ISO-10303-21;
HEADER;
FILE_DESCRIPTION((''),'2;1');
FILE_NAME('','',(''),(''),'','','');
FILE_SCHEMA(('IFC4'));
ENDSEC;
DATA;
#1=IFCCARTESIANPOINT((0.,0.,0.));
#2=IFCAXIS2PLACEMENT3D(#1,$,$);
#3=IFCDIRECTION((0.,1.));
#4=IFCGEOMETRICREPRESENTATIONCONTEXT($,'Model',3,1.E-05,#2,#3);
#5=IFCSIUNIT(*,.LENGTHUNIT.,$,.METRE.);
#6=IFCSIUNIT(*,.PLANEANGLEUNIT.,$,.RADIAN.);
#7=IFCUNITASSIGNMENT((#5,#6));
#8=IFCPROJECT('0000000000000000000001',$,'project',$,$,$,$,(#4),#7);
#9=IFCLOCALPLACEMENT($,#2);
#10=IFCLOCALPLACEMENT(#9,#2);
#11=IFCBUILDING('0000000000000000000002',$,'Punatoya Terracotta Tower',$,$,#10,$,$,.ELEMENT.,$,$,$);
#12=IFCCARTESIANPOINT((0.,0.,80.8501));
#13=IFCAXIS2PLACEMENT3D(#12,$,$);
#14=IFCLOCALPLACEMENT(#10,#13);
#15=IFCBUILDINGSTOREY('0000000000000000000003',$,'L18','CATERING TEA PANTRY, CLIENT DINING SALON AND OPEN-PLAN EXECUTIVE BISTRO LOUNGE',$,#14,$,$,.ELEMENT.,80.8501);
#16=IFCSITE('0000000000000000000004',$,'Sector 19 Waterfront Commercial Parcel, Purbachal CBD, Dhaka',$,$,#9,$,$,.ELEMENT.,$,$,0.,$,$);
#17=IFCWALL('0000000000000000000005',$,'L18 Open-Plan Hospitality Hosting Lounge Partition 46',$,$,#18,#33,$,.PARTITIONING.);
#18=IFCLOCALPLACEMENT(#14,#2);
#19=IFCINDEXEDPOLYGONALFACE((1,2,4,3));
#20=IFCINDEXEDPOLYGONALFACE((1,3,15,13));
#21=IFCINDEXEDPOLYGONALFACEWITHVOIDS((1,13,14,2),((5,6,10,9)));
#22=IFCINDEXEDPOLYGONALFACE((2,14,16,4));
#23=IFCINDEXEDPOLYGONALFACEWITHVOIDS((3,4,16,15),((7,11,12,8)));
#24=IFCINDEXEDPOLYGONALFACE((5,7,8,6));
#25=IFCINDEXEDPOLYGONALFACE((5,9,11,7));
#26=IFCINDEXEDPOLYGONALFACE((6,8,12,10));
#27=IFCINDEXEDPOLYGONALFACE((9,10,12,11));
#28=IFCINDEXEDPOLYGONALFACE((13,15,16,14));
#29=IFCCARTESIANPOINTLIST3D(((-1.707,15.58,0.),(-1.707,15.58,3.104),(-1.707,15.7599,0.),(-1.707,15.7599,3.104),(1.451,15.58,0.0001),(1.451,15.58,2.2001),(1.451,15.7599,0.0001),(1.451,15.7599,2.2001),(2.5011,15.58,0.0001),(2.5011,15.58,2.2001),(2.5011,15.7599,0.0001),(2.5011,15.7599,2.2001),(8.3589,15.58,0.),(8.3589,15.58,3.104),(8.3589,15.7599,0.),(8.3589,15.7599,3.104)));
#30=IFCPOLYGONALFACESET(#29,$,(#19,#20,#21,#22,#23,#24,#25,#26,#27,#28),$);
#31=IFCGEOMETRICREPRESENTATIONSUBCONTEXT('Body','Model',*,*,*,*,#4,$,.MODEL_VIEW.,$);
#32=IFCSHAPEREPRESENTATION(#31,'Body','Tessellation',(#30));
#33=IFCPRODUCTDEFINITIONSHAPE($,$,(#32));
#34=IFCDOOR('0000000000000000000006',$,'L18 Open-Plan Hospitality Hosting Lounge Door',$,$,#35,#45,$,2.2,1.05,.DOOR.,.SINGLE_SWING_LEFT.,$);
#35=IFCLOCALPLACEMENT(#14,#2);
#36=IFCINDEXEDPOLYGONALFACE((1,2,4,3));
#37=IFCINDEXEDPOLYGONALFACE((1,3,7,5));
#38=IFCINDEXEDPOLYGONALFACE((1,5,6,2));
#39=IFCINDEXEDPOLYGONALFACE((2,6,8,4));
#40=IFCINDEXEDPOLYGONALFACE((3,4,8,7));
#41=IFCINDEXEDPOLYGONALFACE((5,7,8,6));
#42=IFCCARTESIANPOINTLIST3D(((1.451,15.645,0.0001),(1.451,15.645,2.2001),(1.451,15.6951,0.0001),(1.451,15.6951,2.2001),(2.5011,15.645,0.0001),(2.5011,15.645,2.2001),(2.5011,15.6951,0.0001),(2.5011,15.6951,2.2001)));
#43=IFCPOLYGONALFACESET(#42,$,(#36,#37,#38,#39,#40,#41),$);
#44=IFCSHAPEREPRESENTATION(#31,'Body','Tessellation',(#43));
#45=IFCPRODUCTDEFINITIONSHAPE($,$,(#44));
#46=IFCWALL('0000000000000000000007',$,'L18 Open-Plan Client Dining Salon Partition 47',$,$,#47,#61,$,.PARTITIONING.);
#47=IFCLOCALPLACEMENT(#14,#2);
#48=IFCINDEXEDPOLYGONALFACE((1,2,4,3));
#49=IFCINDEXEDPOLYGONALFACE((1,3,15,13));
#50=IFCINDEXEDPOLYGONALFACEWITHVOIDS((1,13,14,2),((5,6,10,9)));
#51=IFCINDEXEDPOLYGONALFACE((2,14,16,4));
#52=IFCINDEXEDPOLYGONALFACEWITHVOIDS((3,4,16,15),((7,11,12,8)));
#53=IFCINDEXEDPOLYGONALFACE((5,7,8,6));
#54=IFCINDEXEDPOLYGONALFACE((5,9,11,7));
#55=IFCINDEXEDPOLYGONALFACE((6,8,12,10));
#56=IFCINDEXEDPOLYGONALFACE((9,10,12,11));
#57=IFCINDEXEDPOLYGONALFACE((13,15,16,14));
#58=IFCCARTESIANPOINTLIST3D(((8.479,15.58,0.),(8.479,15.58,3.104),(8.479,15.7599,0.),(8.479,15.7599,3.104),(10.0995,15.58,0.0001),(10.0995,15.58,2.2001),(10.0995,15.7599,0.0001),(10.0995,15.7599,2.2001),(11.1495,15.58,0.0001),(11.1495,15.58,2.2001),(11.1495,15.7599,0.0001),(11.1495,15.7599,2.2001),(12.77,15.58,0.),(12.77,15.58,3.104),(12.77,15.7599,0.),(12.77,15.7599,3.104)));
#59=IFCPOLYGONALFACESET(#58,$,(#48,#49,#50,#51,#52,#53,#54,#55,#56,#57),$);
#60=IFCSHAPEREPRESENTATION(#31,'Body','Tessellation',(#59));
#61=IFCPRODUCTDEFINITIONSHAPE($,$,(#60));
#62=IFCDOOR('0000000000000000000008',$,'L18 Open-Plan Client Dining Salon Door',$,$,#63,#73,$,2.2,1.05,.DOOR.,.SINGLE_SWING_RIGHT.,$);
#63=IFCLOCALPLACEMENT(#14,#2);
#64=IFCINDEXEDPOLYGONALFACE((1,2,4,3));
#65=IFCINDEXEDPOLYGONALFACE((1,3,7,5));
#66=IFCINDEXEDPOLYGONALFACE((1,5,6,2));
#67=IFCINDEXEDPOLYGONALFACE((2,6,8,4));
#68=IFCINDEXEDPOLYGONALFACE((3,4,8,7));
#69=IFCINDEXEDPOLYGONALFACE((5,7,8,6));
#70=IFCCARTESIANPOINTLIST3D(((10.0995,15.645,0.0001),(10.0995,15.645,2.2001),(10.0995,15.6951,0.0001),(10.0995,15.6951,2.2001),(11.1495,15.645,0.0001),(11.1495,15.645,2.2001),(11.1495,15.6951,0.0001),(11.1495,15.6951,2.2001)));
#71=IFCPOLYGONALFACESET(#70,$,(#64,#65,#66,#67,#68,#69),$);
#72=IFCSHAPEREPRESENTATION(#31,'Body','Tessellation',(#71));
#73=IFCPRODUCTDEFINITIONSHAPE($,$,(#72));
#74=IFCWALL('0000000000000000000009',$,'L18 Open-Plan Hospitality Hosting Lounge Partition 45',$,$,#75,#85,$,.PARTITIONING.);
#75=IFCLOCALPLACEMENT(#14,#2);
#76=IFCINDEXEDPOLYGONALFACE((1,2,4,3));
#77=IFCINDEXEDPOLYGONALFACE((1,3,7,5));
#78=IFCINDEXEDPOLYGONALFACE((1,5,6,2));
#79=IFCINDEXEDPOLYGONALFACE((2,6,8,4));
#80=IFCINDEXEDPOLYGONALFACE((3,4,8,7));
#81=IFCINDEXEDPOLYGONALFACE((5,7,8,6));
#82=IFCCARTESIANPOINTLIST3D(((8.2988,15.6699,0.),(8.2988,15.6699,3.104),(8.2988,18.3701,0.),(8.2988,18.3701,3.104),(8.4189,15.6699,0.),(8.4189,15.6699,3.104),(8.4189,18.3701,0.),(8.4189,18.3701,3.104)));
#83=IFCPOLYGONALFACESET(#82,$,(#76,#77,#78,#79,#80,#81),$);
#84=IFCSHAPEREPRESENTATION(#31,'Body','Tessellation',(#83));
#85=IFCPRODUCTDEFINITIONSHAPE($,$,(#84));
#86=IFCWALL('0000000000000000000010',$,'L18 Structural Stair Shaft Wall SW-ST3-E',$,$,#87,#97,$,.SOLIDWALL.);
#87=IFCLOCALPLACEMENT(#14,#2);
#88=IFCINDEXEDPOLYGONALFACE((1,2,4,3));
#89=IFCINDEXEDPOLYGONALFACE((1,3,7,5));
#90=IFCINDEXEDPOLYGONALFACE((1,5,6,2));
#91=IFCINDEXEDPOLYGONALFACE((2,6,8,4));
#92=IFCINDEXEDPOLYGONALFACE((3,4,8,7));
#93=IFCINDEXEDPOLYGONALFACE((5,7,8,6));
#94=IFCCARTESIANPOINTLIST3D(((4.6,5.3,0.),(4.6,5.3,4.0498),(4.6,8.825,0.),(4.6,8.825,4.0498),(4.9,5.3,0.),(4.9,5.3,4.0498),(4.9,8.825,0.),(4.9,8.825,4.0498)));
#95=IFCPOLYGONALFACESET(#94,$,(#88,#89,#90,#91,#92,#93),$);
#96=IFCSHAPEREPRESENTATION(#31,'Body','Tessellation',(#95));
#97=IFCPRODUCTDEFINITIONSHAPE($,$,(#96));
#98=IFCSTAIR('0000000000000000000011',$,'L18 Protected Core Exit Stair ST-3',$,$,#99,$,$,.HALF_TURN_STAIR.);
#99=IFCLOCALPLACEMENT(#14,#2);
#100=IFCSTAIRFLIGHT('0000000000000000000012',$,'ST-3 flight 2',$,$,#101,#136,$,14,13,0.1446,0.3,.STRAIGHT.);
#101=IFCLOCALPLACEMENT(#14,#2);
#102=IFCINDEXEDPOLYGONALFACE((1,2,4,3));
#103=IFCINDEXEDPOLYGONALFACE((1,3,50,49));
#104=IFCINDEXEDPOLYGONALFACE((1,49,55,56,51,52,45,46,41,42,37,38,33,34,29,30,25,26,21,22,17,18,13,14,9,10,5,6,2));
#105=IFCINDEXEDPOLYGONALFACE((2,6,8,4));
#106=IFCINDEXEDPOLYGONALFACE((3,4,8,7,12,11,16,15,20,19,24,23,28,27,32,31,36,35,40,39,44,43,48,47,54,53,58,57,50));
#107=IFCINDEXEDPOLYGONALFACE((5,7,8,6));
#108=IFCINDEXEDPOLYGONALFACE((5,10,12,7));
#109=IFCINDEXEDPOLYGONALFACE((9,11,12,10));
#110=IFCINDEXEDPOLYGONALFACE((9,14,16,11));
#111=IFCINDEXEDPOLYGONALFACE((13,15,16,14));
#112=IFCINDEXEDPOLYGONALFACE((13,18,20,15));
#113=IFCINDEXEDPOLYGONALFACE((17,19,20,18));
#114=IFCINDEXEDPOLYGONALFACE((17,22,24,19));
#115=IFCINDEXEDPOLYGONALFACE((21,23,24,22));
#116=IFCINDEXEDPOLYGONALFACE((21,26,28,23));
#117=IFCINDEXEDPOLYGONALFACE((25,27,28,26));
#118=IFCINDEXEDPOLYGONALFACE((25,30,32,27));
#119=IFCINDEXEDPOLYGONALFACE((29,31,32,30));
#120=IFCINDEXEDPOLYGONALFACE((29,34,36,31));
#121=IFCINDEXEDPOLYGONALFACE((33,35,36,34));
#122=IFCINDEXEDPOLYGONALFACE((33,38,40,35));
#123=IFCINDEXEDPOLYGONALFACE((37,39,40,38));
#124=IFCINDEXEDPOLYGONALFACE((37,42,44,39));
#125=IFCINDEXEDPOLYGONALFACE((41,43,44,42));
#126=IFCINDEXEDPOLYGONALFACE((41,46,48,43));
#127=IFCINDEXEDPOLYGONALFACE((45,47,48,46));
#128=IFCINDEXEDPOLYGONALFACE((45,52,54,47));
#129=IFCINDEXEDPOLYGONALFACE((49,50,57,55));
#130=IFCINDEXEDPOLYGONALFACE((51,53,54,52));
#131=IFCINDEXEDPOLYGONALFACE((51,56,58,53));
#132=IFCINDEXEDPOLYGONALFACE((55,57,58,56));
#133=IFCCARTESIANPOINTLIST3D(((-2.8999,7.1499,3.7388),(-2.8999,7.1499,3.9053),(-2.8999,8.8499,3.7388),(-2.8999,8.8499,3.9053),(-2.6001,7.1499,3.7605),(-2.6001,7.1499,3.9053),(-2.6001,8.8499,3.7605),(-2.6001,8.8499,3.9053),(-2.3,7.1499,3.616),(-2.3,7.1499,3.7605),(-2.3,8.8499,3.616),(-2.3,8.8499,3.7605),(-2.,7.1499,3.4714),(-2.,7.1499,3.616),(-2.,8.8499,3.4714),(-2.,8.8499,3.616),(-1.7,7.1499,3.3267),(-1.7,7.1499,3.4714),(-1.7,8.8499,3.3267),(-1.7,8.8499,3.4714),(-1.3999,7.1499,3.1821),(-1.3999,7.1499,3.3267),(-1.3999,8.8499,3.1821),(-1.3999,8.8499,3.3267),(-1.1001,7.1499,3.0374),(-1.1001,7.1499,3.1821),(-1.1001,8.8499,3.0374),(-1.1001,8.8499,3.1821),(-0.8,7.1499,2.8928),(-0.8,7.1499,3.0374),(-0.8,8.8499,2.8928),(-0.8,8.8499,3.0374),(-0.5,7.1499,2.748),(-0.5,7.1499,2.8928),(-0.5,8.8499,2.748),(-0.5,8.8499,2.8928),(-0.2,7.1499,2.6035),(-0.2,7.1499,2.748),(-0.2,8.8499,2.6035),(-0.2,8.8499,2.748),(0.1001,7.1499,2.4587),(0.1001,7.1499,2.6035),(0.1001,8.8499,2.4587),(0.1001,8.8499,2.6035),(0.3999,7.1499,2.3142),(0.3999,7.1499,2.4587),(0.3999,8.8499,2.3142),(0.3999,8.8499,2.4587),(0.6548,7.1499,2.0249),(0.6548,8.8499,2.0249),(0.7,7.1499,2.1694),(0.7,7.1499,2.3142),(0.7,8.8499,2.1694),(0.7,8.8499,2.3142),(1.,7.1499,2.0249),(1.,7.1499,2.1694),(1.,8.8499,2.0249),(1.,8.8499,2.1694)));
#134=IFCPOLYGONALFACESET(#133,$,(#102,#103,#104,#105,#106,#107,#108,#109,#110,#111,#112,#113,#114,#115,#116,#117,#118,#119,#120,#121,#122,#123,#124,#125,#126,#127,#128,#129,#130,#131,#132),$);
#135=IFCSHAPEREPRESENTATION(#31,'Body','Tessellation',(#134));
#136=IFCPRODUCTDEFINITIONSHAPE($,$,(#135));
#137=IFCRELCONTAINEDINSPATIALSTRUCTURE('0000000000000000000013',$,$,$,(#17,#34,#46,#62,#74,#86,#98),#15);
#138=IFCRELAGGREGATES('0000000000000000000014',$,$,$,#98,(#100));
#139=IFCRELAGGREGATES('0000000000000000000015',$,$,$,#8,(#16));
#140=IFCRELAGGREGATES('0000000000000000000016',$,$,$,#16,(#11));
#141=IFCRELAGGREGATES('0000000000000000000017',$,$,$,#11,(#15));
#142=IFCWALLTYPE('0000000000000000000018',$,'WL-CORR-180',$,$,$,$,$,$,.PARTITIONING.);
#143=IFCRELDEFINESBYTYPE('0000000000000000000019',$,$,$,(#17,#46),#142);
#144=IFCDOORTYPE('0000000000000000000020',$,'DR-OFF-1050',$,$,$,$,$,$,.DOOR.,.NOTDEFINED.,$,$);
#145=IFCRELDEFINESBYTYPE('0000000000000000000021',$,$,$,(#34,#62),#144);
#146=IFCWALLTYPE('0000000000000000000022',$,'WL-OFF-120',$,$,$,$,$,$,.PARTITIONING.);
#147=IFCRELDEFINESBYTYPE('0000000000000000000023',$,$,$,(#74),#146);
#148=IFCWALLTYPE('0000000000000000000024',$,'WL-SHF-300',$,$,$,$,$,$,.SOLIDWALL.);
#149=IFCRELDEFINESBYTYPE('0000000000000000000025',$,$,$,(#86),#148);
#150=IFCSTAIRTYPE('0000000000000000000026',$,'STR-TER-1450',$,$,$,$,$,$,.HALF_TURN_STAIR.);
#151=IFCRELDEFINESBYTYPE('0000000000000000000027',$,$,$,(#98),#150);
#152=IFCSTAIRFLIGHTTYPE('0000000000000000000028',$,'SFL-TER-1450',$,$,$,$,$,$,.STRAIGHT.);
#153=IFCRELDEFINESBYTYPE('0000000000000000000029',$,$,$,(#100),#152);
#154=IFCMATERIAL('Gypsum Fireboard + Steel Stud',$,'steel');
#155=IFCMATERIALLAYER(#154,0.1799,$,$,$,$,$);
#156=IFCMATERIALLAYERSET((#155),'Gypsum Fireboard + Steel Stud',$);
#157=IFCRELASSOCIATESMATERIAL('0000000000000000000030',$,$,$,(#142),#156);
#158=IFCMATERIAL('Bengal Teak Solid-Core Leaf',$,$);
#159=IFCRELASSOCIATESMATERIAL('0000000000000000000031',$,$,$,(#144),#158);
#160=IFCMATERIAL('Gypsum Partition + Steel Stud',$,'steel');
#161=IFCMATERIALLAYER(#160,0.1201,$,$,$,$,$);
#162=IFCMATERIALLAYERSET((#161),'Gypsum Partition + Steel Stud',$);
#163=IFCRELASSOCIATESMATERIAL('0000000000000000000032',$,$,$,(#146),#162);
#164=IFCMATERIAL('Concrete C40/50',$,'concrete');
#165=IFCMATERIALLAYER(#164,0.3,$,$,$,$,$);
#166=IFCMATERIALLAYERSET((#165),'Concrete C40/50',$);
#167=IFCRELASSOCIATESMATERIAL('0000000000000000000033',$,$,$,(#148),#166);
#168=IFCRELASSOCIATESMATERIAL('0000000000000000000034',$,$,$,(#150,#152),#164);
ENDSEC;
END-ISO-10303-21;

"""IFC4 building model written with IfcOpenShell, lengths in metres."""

from ifc_helpers import new_model, si_unit, direction, frame, frame_2d, origin, place, context, subcontext, project, spatial, polyline, rectangle, outline, extrude, material, layer, layer_set, type_object, element, fill, aggregate, save


model = new_model("IFC4")

# Units and contexts
model_context = context("Model", 3, precision=1e-05, world=origin(), true_north=direction((0.0, 1.0)))
body_context = subcontext(model_context, "Body", "Model", "MODEL_VIEW")
ifc_project = project(units=[si_unit("LENGTHUNIT", "METRE"), si_unit("PLANEANGLEUNIT", "RADIAN")], contexts=[model_context])

# Site, building, storey
site_placement = place(None, origin())
site = spatial("IfcSite", under=ifc_project, at=site_placement, Name="Sector 19 Waterfront Commercial Parcel, Purbachal CBD, Dhaka", CompositionType="ELEMENT", RefElevation=0.0)
building_placement = place(site_placement, origin())
building = spatial("IfcBuilding", under=site, at=building_placement, Name="Punatoya Terracotta Tower", CompositionType="ELEMENT")
storey_placement = place(building_placement, frame((0.0, 0.0, 80.8501)))
storey = spatial("IfcBuildingStorey", under=building, at=storey_placement, Name="L18", Description="CATERING TEA PANTRY, CLIENT DINING SALON AND OPEN-PLAN EXECUTIVE BISTRO LOUNGE", CompositionType="ELEMENT", Elevation=80.8501)

# Shared definitions
ifc_material_1 = material(Name="Concrete C40/50", Category="concrete")

# Walls, openings, doors
ifc_material_2 = material(Name="Gypsum Fireboard + Steel Stud", Category="steel")
ifc_layer_1 = layer(ifc_material_2, 0.1799)
ifc_layer_set_1 = layer_set([ifc_layer_1], Name="Gypsum Fireboard + Steel Stud")
wall_type_1 = type_object("IfcWallType", Name="WL-CORR-180", PredefinedType="PARTITIONING", material=ifc_layer_set_1)
wall_1_placement = place(storey_placement, frame((8.3589, 15.6699, 0.0), z_axis=(0.0, 0.0, 1.0), x_axis=(-1.0, 0.0, 0.0)))
wall_1 = element("IfcWall", 1, at=wall_1_placement, inside=storey, type_object=wall_type_1, Name="L18 Open-Plan Hospitality Hosting Lounge Partition 46", PredefinedType="PARTITIONING", context=body_context, shape_type="SweptSolid", body=[
    extrude(rectangle(XDim=10.0659, YDim=0.1799, at=frame_2d((5.033, 0.0))), origin(), (0.0, 0.0, 1.0), 3.104),
])
opening_1_placement = place(wall_1_placement, frame((5.8579, 0.0, 0.0)))
opening_1 = element("IfcOpeningElement", 2, at=opening_1_placement, cuts=wall_1, PredefinedType="OPENING", context=body_context, shape_type="SweptSolid", body=[
    extrude(rectangle(XDim=1.05, YDim=2.2, at=frame_2d((0.5249, 1.1001))), frame((0.0, 0.0999, 0.0), z_axis=(0.0, -1.0, 0.0), x_axis=(1.0, 0.0, 0.0)), (0.0, 0.0, 1.0), 0.2),
])
ifc_material_3 = material(Name="Bengal Teak Solid-Core Leaf")
door_type_1 = type_object("IfcDoorType", Name="DR-OFF-1050", OperationType="NOTDEFINED", PredefinedType="DOOR", material=ifc_material_3)
door_1_placement = place(opening_1_placement, origin())
door_1 = element("IfcDoor", 3, at=door_1_placement, inside=storey, type_object=door_type_1, Name="L18 Open-Plan Hospitality Hosting Lounge Door", OperationType="SINGLE_SWING_LEFT", OverallHeight=2.2, OverallWidth=1.05, PredefinedType="DOOR", context=body_context, shape_type="SweptSolid", body=[
    extrude(rectangle(XDim=1.05, YDim=2.2, at=frame_2d((0.5249, 1.1001))), frame((0.0, 0.0249, 0.0), z_axis=(0.0, -1.0, 0.0), x_axis=(1.0, 0.0, 0.0)), (0.0, 0.0, 1.0), 0.05),
])
fill(opening_1, door_1)
wall_2_placement = place(storey_placement, frame((12.77, 15.6699, 0.0), z_axis=(0.0, 0.0, 1.0), x_axis=(-1.0, 0.0, 0.0)))
wall_2 = element("IfcWall", 4, at=wall_2_placement, inside=storey, type_object=wall_type_1, Name="L18 Open-Plan Client Dining Salon Partition 47", PredefinedType="PARTITIONING", context=body_context, shape_type="SweptSolid", body=[
    extrude(rectangle(XDim=4.291, YDim=0.1799, at=frame_2d((2.1455, 0.0))), origin(), (0.0, 0.0, 1.0), 3.104),
])
opening_2_placement = place(wall_2_placement, frame((1.6206, 0.0, 0.0)))
opening_2 = element("IfcOpeningElement", 5, at=opening_2_placement, cuts=wall_2, PredefinedType="OPENING", context=body_context, shape_type="SweptSolid", body=[
    extrude(rectangle(XDim=1.05, YDim=2.2, at=frame_2d((0.5249, 1.1001))), frame((0.0, 0.0999, 0.0), z_axis=(0.0, -1.0, 0.0), x_axis=(1.0, 0.0, 0.0)), (0.0, 0.0, 1.0), 0.2),
])
door_2_placement = place(opening_2_placement, origin())
door_2 = element("IfcDoor", 6, at=door_2_placement, inside=storey, type_object=door_type_1, Name="L18 Open-Plan Client Dining Salon Door", OperationType="SINGLE_SWING_RIGHT", OverallHeight=2.2, OverallWidth=1.05, PredefinedType="DOOR", context=body_context, shape_type="SweptSolid", body=[
    extrude(rectangle(XDim=1.05, YDim=2.2, at=frame_2d((0.5249, 1.1001))), frame((0.0, 0.0249, 0.0), z_axis=(0.0, -1.0, 0.0), x_axis=(1.0, 0.0, 0.0)), (0.0, 0.0, 1.0), 0.05),
])
fill(opening_2, door_2)

# Walls
ifc_material_4 = material(Name="Gypsum Partition + Steel Stud", Category="steel")
ifc_layer_2 = layer(ifc_material_4, 0.1201)
ifc_layer_set_2 = layer_set([ifc_layer_2], Name="Gypsum Partition + Steel Stud")
wall_type_2 = type_object("IfcWallType", Name="WL-OFF-120", PredefinedType="PARTITIONING", material=ifc_layer_set_2)
wall_3_placement = place(storey_placement, frame((8.3589, 18.3701, 0.0), z_axis=(0.0, 0.0, 1.0), x_axis=(0.0, -1.0, 0.0)))
element("IfcWall", 7, at=wall_3_placement, inside=storey, type_object=wall_type_2, Name="L18 Open-Plan Hospitality Hosting Lounge Partition 45", PredefinedType="PARTITIONING", context=body_context, shape_type="SweptSolid", body=[
    extrude(rectangle(XDim=2.7002, YDim=0.1201, at=frame_2d((1.3501, 0.0))), origin(), (0.0, 0.0, 1.0), 3.104),
])
ifc_layer_3 = layer(ifc_material_1, 0.3)
ifc_layer_set_3 = layer_set([ifc_layer_3], Name="Concrete C40/50")
wall_type_3 = type_object("IfcWallType", Name="WL-SHF-300", PredefinedType="SOLIDWALL", material=ifc_layer_set_3)
wall_4_placement = place(storey_placement, frame((4.75, 8.825, 0.0), z_axis=(0.0, 0.0, 1.0), x_axis=(0.0, -1.0, 0.0)))
element("IfcWall", 8, at=wall_4_placement, inside=storey, type_object=wall_type_3, Name="L18 Structural Stair Shaft Wall SW-ST3-E", PredefinedType="SOLIDWALL", context=body_context, shape_type="SweptSolid", body=[
    extrude(rectangle(XDim=3.5249, YDim=0.3, at=frame_2d((1.7625, 0.0))), origin(), (0.0, 0.0, 1.0), 4.0498),
])

# Stair, stair flight
stair_type = type_object("IfcStairType", Name="STR-TER-1450", PredefinedType="HALF_TURN_STAIR", material=ifc_material_1)
stair_placement = place(storey_placement, origin())
stair = element("IfcStair", 9, at=stair_placement, inside=storey, type_object=stair_type, Name="L18 Protected Core Exit Stair ST-3", PredefinedType="HALF_TURN_STAIR")
stair_flight_type = type_object("IfcStairFlightType", Name="SFL-TER-1450", PredefinedType="STRAIGHT", material=ifc_material_1)
stair_flight_placement = place(storey_placement, frame((1.0, 8.0, 2.0249), z_axis=(0.0, 0.0, 1.0), x_axis=(-1.0, 0.0, 0.0)))
stair_flight = element("IfcStairFlight", 10, at=stair_flight_placement, type_object=stair_flight_type, Name="ST-3 flight 2", NumberOfRisers=14, NumberOfTreads=13, PredefinedType="STRAIGHT", RiserHeight=0.1446, TreadLength=0.3, context=body_context, shape_type="SweptSolid", body=[
    extrude(outline(polyline([(0.0, 0.0), (0.0, 0.1445), (0.3, 0.1445), (0.3, 0.2893), (0.6001, 0.2893), (0.6001, 0.4338), (0.8999, 0.4338), (0.8999, 0.5786), (1.2, 0.5786), (1.2, 0.7231), (1.5, 0.7231), (1.5, 0.8679), (1.8, 0.8679), (1.8, 1.0125), (2.1001, 1.0125), (2.1001, 1.1572), (2.3999, 1.1572), (2.3999, 1.3018), (2.7, 1.3018), (2.7, 1.4465), (3.0, 1.4465), (3.0, 1.5911), (3.3, 1.5911), (3.3, 1.7356), (3.6001, 1.7356), (3.6001, 1.8804), (3.8999, 1.8804), (3.8999, 2.0249), (3.8999, 1.7139), (0.3452, 0.0), (0.0, 0.0)])), frame((0.0, 0.8501, 0.0), z_axis=(0.0, -1.0, 0.0), x_axis=(1.0, 0.0, 0.0)), (0.0, 0.0, 1.0), 1.7),
])
aggregate(stair, [stair_flight])

save(model, "model.ifc")
